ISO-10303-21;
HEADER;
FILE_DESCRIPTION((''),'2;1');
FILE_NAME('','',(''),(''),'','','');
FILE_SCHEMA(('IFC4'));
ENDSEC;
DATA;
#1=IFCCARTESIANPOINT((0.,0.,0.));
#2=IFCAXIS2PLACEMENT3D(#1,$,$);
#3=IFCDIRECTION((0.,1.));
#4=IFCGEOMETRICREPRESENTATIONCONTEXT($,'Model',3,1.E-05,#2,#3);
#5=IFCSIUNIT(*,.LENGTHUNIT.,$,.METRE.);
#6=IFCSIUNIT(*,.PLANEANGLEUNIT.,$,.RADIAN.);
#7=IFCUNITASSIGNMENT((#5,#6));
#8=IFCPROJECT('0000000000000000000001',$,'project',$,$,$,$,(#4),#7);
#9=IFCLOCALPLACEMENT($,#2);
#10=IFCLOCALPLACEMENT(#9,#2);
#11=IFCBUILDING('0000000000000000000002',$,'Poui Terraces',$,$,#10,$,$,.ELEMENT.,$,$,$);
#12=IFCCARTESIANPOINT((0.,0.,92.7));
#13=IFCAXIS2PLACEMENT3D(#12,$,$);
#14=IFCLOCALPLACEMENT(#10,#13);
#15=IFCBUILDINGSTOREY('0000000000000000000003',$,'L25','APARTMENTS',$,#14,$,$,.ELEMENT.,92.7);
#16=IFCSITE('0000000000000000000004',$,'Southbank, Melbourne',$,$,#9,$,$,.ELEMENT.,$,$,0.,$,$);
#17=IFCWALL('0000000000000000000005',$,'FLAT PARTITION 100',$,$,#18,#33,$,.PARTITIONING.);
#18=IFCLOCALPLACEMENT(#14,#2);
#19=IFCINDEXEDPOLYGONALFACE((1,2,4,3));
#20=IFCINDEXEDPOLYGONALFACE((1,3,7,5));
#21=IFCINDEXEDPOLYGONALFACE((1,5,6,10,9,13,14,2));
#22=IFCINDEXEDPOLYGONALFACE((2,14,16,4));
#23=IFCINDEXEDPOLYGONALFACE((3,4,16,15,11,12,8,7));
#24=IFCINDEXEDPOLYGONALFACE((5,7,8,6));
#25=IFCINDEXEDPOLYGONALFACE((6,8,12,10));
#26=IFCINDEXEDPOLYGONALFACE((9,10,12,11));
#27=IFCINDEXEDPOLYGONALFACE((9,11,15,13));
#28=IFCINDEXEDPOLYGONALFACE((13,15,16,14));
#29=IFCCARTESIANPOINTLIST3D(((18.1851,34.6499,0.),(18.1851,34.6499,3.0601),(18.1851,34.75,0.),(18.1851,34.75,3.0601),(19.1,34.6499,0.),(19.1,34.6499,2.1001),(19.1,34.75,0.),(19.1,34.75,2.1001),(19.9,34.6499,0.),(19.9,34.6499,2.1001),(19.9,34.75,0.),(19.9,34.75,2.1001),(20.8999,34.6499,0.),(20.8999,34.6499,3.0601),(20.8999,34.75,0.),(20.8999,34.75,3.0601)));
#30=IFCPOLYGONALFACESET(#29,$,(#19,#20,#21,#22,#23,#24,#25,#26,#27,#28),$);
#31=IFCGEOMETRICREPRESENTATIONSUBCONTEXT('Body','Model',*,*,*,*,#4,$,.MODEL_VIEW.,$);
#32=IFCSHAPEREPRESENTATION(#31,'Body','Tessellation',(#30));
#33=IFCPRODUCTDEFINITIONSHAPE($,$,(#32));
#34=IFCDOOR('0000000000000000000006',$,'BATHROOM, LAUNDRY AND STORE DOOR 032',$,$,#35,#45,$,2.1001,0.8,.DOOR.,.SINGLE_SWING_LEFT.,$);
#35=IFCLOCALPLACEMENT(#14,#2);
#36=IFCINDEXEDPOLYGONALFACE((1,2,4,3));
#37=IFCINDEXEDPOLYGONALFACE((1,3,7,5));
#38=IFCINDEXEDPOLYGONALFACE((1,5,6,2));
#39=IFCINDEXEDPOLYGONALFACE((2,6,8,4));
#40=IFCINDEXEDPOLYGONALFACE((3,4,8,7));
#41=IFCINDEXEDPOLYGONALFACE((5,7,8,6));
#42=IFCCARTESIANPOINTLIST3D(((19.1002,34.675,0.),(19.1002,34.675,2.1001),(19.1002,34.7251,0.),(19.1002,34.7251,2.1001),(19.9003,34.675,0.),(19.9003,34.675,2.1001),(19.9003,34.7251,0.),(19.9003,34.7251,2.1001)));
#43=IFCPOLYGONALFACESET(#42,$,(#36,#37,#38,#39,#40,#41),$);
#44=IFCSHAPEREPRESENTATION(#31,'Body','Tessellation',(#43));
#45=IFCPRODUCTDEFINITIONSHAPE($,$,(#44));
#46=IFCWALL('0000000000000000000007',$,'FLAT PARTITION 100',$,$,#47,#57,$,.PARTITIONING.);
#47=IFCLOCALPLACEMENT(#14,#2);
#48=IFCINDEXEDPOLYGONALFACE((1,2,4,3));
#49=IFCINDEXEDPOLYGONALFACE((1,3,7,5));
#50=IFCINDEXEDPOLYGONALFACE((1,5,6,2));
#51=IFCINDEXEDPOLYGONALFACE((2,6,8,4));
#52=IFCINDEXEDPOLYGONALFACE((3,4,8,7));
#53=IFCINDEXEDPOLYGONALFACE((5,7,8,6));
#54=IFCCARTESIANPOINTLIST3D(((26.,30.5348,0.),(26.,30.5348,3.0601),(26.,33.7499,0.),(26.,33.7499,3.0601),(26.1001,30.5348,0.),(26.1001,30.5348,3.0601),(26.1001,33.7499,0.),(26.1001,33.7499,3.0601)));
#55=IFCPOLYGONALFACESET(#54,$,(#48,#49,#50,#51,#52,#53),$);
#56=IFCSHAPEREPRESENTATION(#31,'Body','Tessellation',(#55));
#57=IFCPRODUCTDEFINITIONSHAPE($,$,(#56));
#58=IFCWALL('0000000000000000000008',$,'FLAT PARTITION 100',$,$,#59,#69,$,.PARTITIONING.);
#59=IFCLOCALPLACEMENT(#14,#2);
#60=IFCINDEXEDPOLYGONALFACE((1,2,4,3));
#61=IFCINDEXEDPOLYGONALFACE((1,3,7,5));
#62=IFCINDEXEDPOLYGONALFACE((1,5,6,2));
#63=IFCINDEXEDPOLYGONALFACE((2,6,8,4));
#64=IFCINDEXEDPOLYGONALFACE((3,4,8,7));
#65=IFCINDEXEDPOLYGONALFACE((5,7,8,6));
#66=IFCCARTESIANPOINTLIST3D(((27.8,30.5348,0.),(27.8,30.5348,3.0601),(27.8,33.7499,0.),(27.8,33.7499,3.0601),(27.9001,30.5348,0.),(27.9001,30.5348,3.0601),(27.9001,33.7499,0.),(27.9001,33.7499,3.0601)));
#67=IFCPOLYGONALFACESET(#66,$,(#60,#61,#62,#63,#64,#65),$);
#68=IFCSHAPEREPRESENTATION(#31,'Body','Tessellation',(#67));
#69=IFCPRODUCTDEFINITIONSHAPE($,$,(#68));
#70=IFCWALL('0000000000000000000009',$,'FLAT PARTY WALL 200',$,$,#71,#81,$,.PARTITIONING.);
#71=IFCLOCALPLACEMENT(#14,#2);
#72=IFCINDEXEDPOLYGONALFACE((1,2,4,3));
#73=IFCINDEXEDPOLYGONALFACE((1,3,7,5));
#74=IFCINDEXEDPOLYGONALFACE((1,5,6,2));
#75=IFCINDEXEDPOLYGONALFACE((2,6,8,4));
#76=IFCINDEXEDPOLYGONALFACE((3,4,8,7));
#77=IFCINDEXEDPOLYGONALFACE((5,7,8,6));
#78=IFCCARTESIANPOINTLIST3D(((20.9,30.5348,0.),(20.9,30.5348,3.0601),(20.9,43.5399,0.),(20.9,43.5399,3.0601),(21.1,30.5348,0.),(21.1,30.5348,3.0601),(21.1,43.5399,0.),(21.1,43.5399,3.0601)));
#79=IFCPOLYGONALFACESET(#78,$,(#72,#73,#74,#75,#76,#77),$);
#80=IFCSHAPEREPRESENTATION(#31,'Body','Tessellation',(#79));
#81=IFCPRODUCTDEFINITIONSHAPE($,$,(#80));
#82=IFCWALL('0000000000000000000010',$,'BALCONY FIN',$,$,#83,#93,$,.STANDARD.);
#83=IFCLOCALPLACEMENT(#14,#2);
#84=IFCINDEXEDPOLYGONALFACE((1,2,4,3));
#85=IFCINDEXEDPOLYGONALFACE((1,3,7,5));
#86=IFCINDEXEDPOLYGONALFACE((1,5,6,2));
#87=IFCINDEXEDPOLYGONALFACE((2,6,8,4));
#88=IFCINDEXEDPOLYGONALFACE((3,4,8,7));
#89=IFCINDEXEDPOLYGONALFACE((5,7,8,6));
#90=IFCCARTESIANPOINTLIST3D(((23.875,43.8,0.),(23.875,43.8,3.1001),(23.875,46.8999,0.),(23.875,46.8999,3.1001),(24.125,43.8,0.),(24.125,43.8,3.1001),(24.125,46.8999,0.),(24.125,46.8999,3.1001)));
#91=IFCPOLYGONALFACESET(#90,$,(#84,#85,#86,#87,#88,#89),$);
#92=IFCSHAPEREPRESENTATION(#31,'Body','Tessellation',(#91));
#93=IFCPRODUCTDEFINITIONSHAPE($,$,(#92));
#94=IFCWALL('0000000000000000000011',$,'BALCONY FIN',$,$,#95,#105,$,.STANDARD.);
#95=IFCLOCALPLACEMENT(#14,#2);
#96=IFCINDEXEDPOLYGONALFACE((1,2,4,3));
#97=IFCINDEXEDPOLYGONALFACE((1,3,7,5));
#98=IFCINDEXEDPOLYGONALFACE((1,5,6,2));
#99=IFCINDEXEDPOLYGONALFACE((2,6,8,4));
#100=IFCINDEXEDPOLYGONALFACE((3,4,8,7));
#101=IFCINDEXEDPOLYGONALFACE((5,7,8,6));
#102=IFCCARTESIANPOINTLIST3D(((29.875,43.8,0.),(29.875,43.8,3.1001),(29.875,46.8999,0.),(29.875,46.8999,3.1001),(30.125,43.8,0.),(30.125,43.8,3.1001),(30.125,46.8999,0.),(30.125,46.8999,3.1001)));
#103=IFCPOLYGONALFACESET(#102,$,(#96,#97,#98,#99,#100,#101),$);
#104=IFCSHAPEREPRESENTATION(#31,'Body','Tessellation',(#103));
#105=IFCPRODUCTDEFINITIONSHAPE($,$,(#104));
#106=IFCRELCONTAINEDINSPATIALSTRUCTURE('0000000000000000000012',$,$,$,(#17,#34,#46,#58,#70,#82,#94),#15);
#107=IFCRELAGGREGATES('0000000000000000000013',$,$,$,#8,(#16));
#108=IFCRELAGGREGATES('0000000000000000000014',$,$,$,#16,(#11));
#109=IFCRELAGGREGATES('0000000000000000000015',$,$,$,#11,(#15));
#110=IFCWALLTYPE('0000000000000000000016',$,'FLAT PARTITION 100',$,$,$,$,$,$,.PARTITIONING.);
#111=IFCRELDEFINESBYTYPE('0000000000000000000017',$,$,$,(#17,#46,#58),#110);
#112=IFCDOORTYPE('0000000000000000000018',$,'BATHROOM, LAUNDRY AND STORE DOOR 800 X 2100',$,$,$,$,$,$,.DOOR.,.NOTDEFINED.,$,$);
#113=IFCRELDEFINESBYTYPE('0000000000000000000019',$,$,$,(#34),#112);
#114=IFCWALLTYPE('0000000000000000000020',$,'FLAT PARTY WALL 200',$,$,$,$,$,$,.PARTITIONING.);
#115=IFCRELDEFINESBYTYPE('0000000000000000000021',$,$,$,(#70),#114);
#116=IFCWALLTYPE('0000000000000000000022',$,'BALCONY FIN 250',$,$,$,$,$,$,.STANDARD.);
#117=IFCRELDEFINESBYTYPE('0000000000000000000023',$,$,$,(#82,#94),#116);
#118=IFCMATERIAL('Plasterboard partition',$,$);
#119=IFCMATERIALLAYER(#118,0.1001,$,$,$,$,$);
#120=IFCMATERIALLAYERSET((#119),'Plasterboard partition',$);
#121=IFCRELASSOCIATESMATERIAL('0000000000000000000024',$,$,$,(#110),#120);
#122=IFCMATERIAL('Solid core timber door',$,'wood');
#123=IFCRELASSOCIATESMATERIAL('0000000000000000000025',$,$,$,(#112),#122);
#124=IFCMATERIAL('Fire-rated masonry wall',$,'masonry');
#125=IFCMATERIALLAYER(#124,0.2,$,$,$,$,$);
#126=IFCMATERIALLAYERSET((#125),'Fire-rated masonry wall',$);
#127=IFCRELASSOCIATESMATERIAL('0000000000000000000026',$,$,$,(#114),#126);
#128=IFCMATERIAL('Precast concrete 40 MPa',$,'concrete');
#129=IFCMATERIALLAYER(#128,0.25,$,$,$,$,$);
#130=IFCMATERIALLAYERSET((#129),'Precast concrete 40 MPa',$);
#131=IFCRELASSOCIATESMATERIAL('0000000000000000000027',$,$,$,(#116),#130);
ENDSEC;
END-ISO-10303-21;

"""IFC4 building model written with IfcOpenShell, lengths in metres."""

from ifc_helpers import new_model, si_unit, direction, frame, frame_2d, origin, place, context, subcontext, project, spatial, polyline, rectangle, outline, extrude, source, transform, mapped, material, layer, layer_set, type_object, element, fill, save


model = new_model("IFC4")

# Units and contexts
model_context = context("Model", 3, precision=1e-05, world=origin(), true_north=direction((0.0, 1.0)))
body_context = subcontext(model_context, "Body", "Model", "MODEL_VIEW")
ifc_project = project(units=[si_unit("LENGTHUNIT", "METRE"), si_unit("PLANEANGLEUNIT", "RADIAN")], contexts=[model_context])

# Site, building, storey
site_placement = place(None, origin())
site = spatial("IfcSite", under=ifc_project, at=site_placement, Name="Southbank, Melbourne", CompositionType="ELEMENT", RefElevation=0.0)
building_placement = place(site_placement, origin())
building = spatial("IfcBuilding", under=site, at=building_placement, Name="Poui Terraces", CompositionType="ELEMENT")
storey_placement = place(building_placement, frame((0.0, 0.0, 92.7)))
storey = spatial("IfcBuildingStorey", under=building, at=storey_placement, Name="L25", Description="APARTMENTS", CompositionType="ELEMENT", Elevation=92.7)

# Wall, opening, door
ifc_material_1 = material(Name="Solid core timber door", Category="wood")
ifc_material_2 = material(Name="Plasterboard partition")
ifc_layer_1 = layer(ifc_material_2, 0.1001)
ifc_layer_set_1 = layer_set([ifc_layer_1], Name="Plasterboard partition")
wall_type_1 = type_object("IfcWallType", Name="FLAT PARTITION 100", PredefinedType="PARTITIONING", material=ifc_layer_set_1)
door_type_1 = type_object("IfcDoorType", Name="BATHROOM, LAUNDRY AND STORE DOOR 800 X 2100", OperationType="NOTDEFINED", PredefinedType="DOOR", material=ifc_material_1)
wall_1_placement = place(storey_placement, frame((18.1851, 34.7, 0.0), z_axis=(0.0, 0.0, 1.0), x_axis=(1.0, 0.0, 0.0)))
wall_1 = element("IfcWall", 1, at=wall_1_placement, inside=storey, type_object=wall_type_1, Name="FLAT PARTITION 100", PredefinedType="PARTITIONING", context=body_context, shape_type="SweptSolid", body=[
    extrude(rectangle(XDim=2.7148, YDim=0.1001, at=frame_2d((1.3574, 0.0))), origin(), (0.0, 0.0, 1.0), 3.0601),
])
opening_1_placement = place(wall_1_placement, frame((0.915, 0.0, 0.0)))
opening_1 = element("IfcOpeningElement", 2, at=opening_1_placement, cuts=wall_1, PredefinedType="OPENING", context=body_context, shape_type="SweptSolid", body=[
    extrude(rectangle(XDim=0.8, YDim=2.1001, at=frame_2d((0.3999, 1.05))), frame((0.0, 0.0601, 0.0), z_axis=(0.0, -1.0, 0.0), x_axis=(1.0, 0.0, 0.0)), (0.0, 0.0, 1.0), 0.1201),
])
door_1_placement = place(opening_1_placement, frame((0.8, 0.0, 0.0), z_axis=(0.0, 0.0, 1.0), x_axis=(-1.0, 0.0, 0.0)))
door_1 = element("IfcDoor", 3, at=door_1_placement, inside=storey, type_object=door_type_1, Name="BATHROOM, LAUNDRY AND STORE DOOR 032", OperationType="SINGLE_SWING_LEFT", OverallHeight=2.1001, OverallWidth=0.8, PredefinedType="DOOR", context=body_context, shape_type="SweptSolid", body=[
    extrude(rectangle(XDim=0.8, YDim=2.1001, at=frame_2d((0.3999, 1.05))), frame((0.0, 0.0249, 0.0), z_axis=(0.0, -1.0, 0.0), x_axis=(1.0, 0.0, 0.0)), (0.0, 0.0, 1.0), 0.05),
])
fill(opening_1, door_1)

# Walls
for number, where, z_axis, x_axis, name in (
    (4, (26.05, 30.5349, 0.0), (0.0, 0.0, 1.0), (0.0, 1.0, 0.0), "FLAT PARTITION 100"),
    (5, (27.8501, 30.5349, 0.0), (0.0, 0.0, 1.0), (0.0, 1.0, 0.0), "FLAT PARTITION 100"),
):
    element("IfcWall", number, at=place(storey_placement, frame(where, z_axis=z_axis, x_axis=x_axis)), inside=storey, type_object=wall_type_1, Name=name, PredefinedType="PARTITIONING", context=body_context, shape_type="SweptSolid", body=[
        extrude(rectangle(XDim=3.2151, YDim=0.1001, at=frame_2d((1.6074, 0.0))), origin(), (0.0, 0.0, 1.0), 3.0601),
    ])
ifc_material_3 = material(Name="Fire-rated masonry wall", Category="masonry")
ifc_layer_2 = layer(ifc_material_3, 0.2)
ifc_layer_set_2 = layer_set([ifc_layer_2], Name="Fire-rated masonry wall")
wall_type_2 = type_object("IfcWallType", Name="FLAT PARTY WALL 200", PredefinedType="PARTITIONING", material=ifc_layer_set_2)
wall_2_placement = place(storey_placement, frame((21.0, 30.5349, 0.0), z_axis=(0.0, 0.0, 1.0), x_axis=(0.0, 1.0, 0.0)))
element("IfcWall", 6, at=wall_2_placement, inside=storey, type_object=wall_type_2, Name="FLAT PARTY WALL 200", PredefinedType="PARTITIONING", context=body_context, shape_type="SweptSolid", body=[
    extrude(rectangle(XDim=13.0051, YDim=0.2, at=frame_2d((6.5024, 0.0))), origin(), (0.0, 0.0, 1.0), 3.0601),
])
ifc_material_4 = material(Name="Precast concrete 40 MPa", Category="concrete")
ifc_layer_3 = layer(ifc_material_4, 0.25)
ifc_layer_set_3 = layer_set([ifc_layer_3], Name="Precast concrete 40 MPa")
wall_type_3 = type_object("IfcWallType", Name="BALCONY FIN 250", PredefinedType="STANDARD", material=ifc_layer_set_3)
shared_shape_1 = source(origin(), body_context, "Body", "SweptSolid", [
    extrude(outline(polyline([(0.0, 0.0), (0.25, 0.0), (0.25, 3.0999), (0.0, 3.0999), (0.0, 0.0)])), origin(), (0.0, 0.0, 1.0), 3.1001),
])
for number, where, name in (
    (7, (23.875, 43.8, 0.0), "BALCONY FIN"),
    (8, (29.875, 43.8, 0.0), "BALCONY FIN"),
):
    element("IfcWall", number, at=place(storey_placement, frame(where)), inside=storey, type_object=wall_type_3, Name=name, PredefinedType="STANDARD", context=body_context, shape_type="MappedRepresentation", body=[
        mapped(shared_shape_1, transform((0.0, 0.0, 0.0))),
    ])

save(model, "model.ifc")
